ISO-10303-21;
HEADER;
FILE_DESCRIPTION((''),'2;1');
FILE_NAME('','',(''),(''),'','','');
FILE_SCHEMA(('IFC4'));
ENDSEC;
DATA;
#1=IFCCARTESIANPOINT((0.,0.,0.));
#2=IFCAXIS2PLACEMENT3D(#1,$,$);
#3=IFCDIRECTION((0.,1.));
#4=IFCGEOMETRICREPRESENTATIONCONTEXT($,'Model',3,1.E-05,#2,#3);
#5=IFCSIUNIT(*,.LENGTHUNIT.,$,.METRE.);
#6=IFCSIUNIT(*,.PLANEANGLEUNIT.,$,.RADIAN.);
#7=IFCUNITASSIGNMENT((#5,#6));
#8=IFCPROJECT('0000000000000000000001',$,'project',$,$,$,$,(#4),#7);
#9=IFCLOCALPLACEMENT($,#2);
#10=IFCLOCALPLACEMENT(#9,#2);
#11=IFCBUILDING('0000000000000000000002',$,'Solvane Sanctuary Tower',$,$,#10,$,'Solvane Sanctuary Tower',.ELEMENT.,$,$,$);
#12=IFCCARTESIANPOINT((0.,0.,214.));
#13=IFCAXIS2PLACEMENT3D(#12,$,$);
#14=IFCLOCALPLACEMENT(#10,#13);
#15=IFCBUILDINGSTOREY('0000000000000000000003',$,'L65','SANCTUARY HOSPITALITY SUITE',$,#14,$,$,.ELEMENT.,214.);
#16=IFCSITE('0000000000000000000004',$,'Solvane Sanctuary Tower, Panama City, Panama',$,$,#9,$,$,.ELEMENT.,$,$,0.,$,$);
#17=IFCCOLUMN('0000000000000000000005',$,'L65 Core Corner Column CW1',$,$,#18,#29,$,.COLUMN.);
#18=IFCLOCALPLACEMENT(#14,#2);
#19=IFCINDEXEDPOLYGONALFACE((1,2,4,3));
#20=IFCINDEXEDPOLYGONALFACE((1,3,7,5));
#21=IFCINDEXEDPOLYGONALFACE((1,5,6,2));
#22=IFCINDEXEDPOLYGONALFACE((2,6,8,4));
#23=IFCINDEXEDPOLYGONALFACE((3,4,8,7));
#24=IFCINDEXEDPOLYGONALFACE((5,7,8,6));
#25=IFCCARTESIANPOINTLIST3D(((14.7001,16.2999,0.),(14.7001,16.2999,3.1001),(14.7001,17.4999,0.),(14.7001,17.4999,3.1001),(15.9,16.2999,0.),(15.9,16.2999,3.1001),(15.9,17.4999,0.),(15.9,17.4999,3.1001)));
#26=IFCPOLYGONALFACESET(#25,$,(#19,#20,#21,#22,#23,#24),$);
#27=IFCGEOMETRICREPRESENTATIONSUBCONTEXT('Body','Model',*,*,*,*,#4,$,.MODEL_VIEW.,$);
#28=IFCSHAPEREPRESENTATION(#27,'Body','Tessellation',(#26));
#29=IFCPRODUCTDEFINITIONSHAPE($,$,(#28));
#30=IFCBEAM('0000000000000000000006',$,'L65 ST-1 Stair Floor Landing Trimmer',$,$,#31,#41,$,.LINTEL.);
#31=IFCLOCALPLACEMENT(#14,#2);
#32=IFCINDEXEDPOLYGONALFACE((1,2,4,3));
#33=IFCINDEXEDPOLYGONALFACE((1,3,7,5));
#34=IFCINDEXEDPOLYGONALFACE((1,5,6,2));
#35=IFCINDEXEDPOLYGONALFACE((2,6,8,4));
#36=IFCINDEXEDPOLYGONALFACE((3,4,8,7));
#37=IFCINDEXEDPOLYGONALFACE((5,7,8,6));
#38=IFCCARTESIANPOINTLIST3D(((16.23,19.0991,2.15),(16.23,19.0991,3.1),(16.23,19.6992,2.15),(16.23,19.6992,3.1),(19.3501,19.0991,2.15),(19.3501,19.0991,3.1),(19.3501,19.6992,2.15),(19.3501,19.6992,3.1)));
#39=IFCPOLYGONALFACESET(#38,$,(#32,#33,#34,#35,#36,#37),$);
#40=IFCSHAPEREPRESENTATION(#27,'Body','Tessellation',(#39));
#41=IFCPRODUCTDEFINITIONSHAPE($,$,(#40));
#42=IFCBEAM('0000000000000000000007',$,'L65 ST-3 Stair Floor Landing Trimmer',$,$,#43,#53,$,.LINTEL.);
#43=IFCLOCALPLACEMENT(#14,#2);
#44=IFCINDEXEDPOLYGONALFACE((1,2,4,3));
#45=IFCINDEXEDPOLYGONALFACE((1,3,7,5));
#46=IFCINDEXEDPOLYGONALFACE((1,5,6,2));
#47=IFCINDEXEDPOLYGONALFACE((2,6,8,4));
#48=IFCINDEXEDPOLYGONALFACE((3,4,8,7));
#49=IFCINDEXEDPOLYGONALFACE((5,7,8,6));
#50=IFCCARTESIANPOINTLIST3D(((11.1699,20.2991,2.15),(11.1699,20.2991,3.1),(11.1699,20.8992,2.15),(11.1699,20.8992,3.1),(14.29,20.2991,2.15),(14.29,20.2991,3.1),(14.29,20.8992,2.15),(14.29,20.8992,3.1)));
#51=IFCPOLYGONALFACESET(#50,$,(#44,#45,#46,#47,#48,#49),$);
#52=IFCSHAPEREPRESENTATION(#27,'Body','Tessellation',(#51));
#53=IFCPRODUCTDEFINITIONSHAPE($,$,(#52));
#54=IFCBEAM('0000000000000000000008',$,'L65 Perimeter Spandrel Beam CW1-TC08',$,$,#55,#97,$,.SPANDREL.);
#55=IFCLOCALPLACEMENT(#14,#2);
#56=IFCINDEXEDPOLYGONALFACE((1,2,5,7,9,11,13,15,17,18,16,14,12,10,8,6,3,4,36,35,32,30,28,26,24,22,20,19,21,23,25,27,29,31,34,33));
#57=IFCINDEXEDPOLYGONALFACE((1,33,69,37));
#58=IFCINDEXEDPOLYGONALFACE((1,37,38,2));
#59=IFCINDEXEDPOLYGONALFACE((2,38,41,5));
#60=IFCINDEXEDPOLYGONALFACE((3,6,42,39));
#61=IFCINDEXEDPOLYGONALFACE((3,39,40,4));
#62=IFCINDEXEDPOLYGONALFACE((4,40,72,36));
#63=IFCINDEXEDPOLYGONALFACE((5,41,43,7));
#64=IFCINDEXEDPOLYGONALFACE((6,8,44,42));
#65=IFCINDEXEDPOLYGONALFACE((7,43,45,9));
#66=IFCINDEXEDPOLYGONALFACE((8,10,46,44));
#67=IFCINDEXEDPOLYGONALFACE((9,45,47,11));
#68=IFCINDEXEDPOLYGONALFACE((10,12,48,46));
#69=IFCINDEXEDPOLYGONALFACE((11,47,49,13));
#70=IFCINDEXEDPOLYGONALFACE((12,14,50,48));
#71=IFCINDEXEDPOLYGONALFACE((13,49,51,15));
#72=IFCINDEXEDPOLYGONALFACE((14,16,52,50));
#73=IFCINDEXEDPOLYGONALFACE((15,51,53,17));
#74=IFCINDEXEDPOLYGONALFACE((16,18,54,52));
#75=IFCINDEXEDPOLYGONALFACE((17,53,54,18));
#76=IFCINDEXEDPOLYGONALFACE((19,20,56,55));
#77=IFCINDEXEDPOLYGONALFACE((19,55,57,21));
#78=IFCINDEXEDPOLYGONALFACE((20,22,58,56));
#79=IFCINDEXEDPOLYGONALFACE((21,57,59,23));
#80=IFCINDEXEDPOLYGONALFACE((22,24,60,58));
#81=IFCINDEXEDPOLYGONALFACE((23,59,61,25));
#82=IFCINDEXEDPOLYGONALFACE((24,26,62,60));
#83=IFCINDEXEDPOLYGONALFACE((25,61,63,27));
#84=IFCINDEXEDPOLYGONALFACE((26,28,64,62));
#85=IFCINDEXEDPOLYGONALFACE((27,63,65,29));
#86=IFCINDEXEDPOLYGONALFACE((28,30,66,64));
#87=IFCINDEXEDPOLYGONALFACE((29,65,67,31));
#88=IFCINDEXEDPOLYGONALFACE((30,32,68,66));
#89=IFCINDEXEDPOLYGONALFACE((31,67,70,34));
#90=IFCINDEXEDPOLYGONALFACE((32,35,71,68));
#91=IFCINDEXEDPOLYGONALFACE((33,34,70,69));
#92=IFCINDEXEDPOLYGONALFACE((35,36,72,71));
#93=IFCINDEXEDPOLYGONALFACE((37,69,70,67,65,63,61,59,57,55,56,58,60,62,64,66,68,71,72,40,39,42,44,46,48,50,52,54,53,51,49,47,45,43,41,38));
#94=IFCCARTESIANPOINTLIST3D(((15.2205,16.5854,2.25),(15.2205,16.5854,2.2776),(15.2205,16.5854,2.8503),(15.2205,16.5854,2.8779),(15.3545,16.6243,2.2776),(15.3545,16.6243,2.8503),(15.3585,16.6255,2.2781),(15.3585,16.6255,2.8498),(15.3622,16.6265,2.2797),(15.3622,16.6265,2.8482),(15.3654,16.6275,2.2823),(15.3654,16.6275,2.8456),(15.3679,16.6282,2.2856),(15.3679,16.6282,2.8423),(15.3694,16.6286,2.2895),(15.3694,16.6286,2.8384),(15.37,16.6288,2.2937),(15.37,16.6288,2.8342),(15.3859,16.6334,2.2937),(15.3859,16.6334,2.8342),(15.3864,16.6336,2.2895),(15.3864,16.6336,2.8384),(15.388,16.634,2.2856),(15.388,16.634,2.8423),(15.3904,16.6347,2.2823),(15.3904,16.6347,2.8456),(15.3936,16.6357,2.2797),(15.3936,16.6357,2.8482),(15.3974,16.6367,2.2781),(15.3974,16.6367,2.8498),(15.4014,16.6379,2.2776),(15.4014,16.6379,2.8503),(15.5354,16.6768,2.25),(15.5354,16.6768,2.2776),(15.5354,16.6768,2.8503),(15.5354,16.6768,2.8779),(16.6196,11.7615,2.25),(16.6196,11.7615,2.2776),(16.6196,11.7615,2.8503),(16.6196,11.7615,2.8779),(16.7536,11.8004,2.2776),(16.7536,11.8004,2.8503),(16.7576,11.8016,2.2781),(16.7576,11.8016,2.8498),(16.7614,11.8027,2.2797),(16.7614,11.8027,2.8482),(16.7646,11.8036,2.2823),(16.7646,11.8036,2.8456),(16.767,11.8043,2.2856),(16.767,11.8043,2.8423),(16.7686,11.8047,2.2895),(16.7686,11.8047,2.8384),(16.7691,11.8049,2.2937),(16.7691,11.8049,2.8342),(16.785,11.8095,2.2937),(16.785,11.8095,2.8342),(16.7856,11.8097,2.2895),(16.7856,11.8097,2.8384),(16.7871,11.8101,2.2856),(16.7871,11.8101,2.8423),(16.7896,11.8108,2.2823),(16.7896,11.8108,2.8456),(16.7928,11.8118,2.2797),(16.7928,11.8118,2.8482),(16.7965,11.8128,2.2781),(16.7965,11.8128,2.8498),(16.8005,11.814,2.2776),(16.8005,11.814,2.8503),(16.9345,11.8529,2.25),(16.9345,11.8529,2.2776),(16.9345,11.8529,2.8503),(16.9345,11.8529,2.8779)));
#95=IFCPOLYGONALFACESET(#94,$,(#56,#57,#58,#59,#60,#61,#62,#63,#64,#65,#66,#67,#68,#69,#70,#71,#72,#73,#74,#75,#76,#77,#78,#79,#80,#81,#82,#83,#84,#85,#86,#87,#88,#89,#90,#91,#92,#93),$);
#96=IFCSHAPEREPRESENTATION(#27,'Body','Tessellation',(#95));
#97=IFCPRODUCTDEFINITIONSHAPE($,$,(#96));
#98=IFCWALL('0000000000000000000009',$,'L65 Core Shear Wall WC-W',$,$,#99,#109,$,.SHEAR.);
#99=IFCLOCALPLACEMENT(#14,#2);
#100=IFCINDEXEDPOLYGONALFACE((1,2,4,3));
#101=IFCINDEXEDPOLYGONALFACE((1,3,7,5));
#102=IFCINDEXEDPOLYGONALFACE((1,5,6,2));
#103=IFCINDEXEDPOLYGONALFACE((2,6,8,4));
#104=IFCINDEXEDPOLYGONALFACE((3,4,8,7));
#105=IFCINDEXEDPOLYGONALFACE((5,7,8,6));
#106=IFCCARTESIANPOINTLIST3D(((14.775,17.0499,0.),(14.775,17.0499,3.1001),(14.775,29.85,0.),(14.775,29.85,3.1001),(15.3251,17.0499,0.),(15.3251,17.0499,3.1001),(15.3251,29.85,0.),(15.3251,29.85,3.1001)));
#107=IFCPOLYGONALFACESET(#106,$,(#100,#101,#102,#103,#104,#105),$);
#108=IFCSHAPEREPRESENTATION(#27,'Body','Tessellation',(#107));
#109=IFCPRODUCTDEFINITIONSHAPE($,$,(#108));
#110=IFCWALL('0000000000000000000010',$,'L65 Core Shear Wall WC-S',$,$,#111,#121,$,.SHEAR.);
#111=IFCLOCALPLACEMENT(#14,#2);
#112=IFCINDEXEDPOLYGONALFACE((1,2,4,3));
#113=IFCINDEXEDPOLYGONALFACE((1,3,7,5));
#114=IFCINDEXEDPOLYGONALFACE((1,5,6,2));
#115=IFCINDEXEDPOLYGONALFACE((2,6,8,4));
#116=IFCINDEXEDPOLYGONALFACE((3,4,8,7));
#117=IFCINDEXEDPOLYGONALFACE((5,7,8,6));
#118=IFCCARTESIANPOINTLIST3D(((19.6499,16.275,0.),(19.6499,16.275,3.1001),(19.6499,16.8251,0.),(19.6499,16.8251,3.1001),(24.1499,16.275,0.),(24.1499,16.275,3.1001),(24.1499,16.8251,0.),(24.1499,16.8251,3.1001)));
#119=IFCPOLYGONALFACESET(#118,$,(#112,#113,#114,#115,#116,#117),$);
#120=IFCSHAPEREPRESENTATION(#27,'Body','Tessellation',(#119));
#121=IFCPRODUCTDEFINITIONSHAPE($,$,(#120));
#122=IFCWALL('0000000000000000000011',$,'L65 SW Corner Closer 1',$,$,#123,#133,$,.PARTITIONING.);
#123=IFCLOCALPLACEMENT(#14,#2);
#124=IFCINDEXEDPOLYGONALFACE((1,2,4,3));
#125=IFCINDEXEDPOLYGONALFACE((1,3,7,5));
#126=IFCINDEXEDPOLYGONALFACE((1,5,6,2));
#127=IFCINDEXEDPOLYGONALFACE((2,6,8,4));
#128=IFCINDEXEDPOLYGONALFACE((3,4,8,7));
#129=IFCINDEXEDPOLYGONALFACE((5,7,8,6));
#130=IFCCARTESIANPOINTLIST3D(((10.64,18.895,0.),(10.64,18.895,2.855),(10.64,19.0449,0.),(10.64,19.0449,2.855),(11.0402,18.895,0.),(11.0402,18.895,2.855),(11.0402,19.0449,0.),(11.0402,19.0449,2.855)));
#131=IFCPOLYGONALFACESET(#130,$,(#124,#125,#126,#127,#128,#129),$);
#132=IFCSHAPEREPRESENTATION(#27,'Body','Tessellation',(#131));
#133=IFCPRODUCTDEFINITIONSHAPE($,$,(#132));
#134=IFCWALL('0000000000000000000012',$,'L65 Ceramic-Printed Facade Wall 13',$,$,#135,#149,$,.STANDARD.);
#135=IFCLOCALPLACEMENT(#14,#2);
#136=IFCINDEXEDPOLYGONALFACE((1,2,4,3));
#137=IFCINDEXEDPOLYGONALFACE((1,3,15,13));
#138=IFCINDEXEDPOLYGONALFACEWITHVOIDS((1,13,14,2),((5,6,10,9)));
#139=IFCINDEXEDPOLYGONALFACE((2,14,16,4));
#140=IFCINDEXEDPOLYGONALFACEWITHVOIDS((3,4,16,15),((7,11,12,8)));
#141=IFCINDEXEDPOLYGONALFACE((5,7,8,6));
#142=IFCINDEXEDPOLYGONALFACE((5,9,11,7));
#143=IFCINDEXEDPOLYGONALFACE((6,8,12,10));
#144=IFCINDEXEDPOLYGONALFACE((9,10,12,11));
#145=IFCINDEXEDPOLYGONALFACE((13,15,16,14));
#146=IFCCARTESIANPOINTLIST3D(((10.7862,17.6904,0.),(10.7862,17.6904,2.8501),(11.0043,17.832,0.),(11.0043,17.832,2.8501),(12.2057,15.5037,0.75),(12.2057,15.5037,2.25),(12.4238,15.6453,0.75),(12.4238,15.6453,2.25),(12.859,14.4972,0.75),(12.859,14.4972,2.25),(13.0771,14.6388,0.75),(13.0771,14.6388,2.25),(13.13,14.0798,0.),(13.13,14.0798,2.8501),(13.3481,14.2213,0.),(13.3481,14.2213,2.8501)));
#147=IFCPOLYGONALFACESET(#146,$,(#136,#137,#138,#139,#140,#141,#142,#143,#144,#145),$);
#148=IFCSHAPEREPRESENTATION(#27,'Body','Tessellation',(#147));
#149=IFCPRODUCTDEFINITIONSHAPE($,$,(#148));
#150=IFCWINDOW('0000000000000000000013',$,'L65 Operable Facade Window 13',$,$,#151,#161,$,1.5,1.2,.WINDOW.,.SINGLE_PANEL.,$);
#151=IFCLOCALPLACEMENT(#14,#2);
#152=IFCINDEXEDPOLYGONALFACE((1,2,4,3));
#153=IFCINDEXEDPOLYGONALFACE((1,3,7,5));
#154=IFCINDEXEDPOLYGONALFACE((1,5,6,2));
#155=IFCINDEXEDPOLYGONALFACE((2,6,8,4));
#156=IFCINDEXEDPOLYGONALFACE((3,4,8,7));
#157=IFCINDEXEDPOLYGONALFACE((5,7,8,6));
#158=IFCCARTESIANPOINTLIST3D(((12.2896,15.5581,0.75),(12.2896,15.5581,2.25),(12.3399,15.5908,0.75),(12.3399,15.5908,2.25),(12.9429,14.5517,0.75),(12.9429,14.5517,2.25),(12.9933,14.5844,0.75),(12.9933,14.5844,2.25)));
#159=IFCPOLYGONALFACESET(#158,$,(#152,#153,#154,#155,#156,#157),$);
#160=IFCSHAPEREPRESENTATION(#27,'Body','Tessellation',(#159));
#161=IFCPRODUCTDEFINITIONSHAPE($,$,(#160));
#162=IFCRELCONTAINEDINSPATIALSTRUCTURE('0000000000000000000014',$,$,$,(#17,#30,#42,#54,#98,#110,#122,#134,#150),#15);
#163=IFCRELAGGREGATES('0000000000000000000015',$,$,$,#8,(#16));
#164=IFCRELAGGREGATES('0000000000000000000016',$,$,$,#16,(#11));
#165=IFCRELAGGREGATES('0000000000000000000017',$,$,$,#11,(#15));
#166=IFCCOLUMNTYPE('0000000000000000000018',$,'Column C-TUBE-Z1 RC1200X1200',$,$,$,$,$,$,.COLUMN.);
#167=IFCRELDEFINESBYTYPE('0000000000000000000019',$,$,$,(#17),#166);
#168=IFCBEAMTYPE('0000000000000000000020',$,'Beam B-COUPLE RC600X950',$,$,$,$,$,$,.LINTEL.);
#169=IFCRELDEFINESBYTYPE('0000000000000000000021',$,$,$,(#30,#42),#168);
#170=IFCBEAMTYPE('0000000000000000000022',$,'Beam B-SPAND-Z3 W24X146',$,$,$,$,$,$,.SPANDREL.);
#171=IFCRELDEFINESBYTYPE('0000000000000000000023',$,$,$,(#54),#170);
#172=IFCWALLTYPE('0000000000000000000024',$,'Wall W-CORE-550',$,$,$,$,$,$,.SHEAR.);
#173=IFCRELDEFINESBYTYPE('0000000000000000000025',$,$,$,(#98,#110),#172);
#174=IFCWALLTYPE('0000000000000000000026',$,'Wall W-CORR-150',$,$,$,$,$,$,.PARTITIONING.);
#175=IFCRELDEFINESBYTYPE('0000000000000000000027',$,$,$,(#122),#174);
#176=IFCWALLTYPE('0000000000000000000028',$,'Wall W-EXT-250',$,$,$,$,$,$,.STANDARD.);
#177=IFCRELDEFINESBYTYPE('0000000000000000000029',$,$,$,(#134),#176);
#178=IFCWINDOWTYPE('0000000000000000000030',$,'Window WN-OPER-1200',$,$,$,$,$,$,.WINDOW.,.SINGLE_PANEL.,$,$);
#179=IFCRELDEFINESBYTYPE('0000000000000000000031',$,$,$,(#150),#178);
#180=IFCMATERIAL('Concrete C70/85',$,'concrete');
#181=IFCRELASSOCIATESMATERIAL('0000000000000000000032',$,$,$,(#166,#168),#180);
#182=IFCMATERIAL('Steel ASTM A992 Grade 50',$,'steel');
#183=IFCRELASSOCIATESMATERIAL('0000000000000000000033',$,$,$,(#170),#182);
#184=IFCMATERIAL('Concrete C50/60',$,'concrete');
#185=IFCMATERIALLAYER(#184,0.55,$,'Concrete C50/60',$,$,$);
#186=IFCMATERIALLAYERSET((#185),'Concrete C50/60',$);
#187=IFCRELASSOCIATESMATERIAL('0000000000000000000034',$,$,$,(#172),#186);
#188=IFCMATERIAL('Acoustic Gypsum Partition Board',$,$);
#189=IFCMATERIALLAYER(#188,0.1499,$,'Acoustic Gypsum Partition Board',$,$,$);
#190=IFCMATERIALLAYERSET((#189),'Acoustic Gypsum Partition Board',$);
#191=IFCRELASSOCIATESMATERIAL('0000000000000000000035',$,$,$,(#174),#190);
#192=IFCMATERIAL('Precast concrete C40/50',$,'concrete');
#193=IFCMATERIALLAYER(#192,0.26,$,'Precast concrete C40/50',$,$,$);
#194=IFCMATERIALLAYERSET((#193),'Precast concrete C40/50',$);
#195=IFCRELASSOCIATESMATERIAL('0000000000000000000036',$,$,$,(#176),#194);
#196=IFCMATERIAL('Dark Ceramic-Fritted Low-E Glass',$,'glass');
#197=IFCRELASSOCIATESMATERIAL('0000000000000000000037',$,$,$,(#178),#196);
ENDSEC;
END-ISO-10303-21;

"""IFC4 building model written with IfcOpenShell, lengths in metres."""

from ifc_helpers import new_model, si_unit, direction, frame, frame_2d, origin, origin_2d, place, context, subcontext, project, spatial, rectangle, i_section, extrude, material, layer, layer_set, material_profile, profile_set, type_object, element, fill, save


model = new_model("IFC4")

# Units and contexts
model_context = context("Model", 3, precision=1e-05, world=origin(), true_north=direction((0.0, 1.0)))
body_context = subcontext(model_context, "Body", "Model", "MODEL_VIEW")
ifc_project = project(units=[si_unit("LENGTHUNIT", "METRE"), si_unit("PLANEANGLEUNIT", "RADIAN")], contexts=[model_context])

# Site, building, storey
site_placement = place(None, origin())
site = spatial("IfcSite", under=ifc_project, at=site_placement, Name="Solvane Sanctuary Tower, Panama City, Panama", CompositionType="ELEMENT", RefElevation=0.0)
building_placement = place(site_placement, origin())
building = spatial("IfcBuilding", under=site, at=building_placement, Name="Solvane Sanctuary Tower", LongName="Solvane Sanctuary Tower", CompositionType="ELEMENT")
storey_placement = place(building_placement, frame((0.0, 0.0, 214.0)))
storey = spatial("IfcBuildingStorey", under=building, at=storey_placement, Name="L65", Description="SANCTUARY HOSPITALITY SUITE", CompositionType="ELEMENT", Elevation=214.0)

# Column
ifc_material_1 = material(Name="Concrete C70/85", Category="concrete")
ifc_material_profile_1 = material_profile(ifc_material_1, rectangle(XDim=1.2, YDim=1.2, at=origin_2d()), Name="RC1200X1200")
ifc_profile_set_1 = profile_set([ifc_material_profile_1], Name="Concrete C70/85")
column_type = type_object("IfcColumnType", Name="Column C-TUBE-Z1 RC1200X1200", PredefinedType="COLUMN", material=ifc_profile_set_1)
column_placement = place(storey_placement, frame((15.3, 16.8999, 0.0), z_axis=(0.0, 0.0, 1.0), x_axis=(1.0, 0.0, 0.0)))
element("IfcColumn", 1, at=column_placement, inside=storey, type_object=column_type, Name="L65 Core Corner Column CW1", PredefinedType="COLUMN", context=body_context, shape_type="SweptSolid", body=[
    extrude(rectangle(XDim=1.2, YDim=1.2, at=origin_2d()), origin(), (0.0, 0.0, 1.0), 3.1001),
])

# Beams
ifc_material_profile_2 = material_profile(ifc_material_1, rectangle(XDim=0.6001, YDim=0.95, at=origin_2d()), Name="RC600X950")
ifc_profile_set_2 = profile_set([ifc_material_profile_2], Name="Concrete C70/85")
beam_type_1 = type_object("IfcBeamType", Name="Beam B-COUPLE RC600X950", PredefinedType="LINTEL", material=ifc_profile_set_2)
for number, where, z_axis, x_axis, name in (
    (2, (16.23, 19.3992, 2.625), (1.0, 0.0, 0.0), (0.0, 1.0, 0.0), "L65 ST-1 Stair Floor Landing Trimmer"),
    (3, (11.1699, 20.5991, 2.625), (1.0, 0.0, 0.0), (0.0, 1.0, 0.0), "L65 ST-3 Stair Floor Landing Trimmer"),
):
    element("IfcBeam", number, at=place(storey_placement, frame(where, z_axis=z_axis, x_axis=x_axis)), inside=storey, type_object=beam_type_1, Name=name, PredefinedType="LINTEL", context=body_context, shape_type="SweptSolid", body=[
        extrude(rectangle(XDim=0.6001, YDim=0.95, at=origin_2d()), origin(), (0.0, 0.0, 1.0), 3.1201),
    ])
ifc_material_2 = material(Name="Steel ASTM A992 Grade 50", Category="steel")
ifc_material_profile_3 = material_profile(ifc_material_2, i_section(OverallWidth=0.3279, OverallDepth=0.6279, WebThickness=0.0166, FlangeThickness=0.0276, FilletRadius=0.0161, at=origin_2d()), Name="W24X146")
ifc_profile_set_3 = profile_set([ifc_material_profile_3], Name="Steel ASTM A992 Grade 50")
beam_type_2 = type_object("IfcBeamType", Name="Beam B-SPAND-Z3 W24X146", PredefinedType="SPANDREL", material=ifc_profile_set_3)
beam_placement = place(storey_placement, frame((15.3779, 16.6311, 2.564), z_axis=(0.278564, -0.960418, 0.0), x_axis=(0.960418, 0.278564, 0.0)))
element("IfcBeam", 4, at=beam_placement, inside=storey, type_object=beam_type_2, Name="L65 Perimeter Spandrel Beam CW1-TC08", PredefinedType="SPANDREL", context=body_context, shape_type="SweptSolid", body=[
    extrude(i_section(OverallWidth=0.3279, OverallDepth=0.6279, WebThickness=0.0166, FlangeThickness=0.0276, FilletRadius=0.0161, at=origin_2d()), origin(), (0.0, 0.0, 1.0), 5.0227),
])

# Walls
ifc_material_3 = material(Name="Concrete C50/60", Category="concrete")
ifc_layer_1 = layer(ifc_material_3, 0.55, Name="Concrete C50/60")
ifc_layer_set_1 = layer_set([ifc_layer_1], Name="Concrete C50/60")
wall_type_1 = type_object("IfcWallType", Name="Wall W-CORE-550", PredefinedType="SHEAR", material=ifc_layer_set_1)
wall_1_placement = place(storey_placement, frame((15.05, 17.05, 0.0), z_axis=(0.0, 0.0, 1.0), x_axis=(0.0, 1.0, 0.0)))
element("IfcWall", 5, at=wall_1_placement, inside=storey, type_object=wall_type_1, Name="L65 Core Shear Wall WC-W", PredefinedType="SHEAR", context=body_context, shape_type="SweptSolid", body=[
    extrude(rectangle(XDim=12.8, YDim=0.55, at=frame_2d((6.3999, 0.0))), origin(), (0.0, 0.0, 1.0), 3.1001),
])
wall_2_placement = place(storey_placement, frame((19.6499, 16.55, 0.0), z_axis=(0.0, 0.0, 1.0), x_axis=(1.0, 0.0, 0.0)))
element("IfcWall", 6, at=wall_2_placement, inside=storey, type_object=wall_type_1, Name="L65 Core Shear Wall WC-S", PredefinedType="SHEAR", context=body_context, shape_type="SweptSolid", body=[
    extrude(rectangle(XDim=4.5, YDim=0.55, at=frame_2d((2.25, 0.0))), origin(), (0.0, 0.0, 1.0), 3.1001),
])
ifc_material_4 = material(Name="Acoustic Gypsum Partition Board")
ifc_layer_2 = layer(ifc_material_4, 0.1499, Name="Acoustic Gypsum Partition Board")
ifc_layer_set_2 = layer_set([ifc_layer_2], Name="Acoustic Gypsum Partition Board")
wall_type_2 = type_object("IfcWallType", Name="Wall W-CORR-150", PredefinedType="PARTITIONING", material=ifc_layer_set_2)
wall_3_placement = place(storey_placement, frame((10.6399, 18.97, 0.0), z_axis=(0.0, 0.0, 1.0), x_axis=(1.0, 0.0, 0.0)))
element("IfcWall", 7, at=wall_3_placement, inside=storey, type_object=wall_type_2, Name="L65 SW Corner Closer 1", PredefinedType="PARTITIONING", context=body_context, shape_type="SweptSolid", body=[
    extrude(rectangle(XDim=0.4001, YDim=0.1499, at=frame_2d((0.2002, 0.0))), origin(), (0.0, 0.0, 1.0), 2.855),
])

# Wall, opening, window
ifc_material_5 = material(Name="Precast concrete C40/50", Category="concrete")
ifc_layer_3 = layer(ifc_material_5, 0.26, Name="Precast concrete C40/50")
ifc_layer_set_3 = layer_set([ifc_layer_3], Name="Precast concrete C40/50")
wall_type_3 = type_object("IfcWallType", Name="Wall W-EXT-250", PredefinedType="STANDARD", material=ifc_layer_set_3)
wall_4_placement = place(storey_placement, frame((10.8953, 17.7612, 0.0), z_axis=(0.0, 0.0, 1.0), x_axis=(0.544476, -0.838776, 0.0)))
wall_4 = element("IfcWall", 8, at=wall_4_placement, inside=storey, type_object=wall_type_3, Name="L65 Ceramic-Printed Facade Wall 13", PredefinedType="STANDARD", context=body_context, shape_type="SweptSolid", body=[
    extrude(rectangle(XDim=4.3047, YDim=0.26, at=frame_2d((2.1523, 0.0))), origin(), (0.0, 0.0, 1.0), 2.8501),
])
opening_1_placement = place(wall_4_placement, frame((2.6069, 0.0, 0.75)))
opening_1 = element("IfcOpeningElement", 9, at=opening_1_placement, cuts=wall_4, PredefinedType="OPENING", context=body_context, shape_type="SweptSolid", body=[
    extrude(rectangle(XDim=1.2, YDim=1.5, at=frame_2d((0.6001, 0.75))), frame((0.0, 0.1399, 0.0), z_axis=(0.0, -1.0, 0.0), x_axis=(1.0, 0.0, 0.0)), (0.0, 0.0, 1.0), 0.28),
])
ifc_material_6 = material(Name="Dark Ceramic-Fritted Low-E Glass", Category="glass")
window_type = type_object("IfcWindowType", Name="Window WN-OPER-1200", PartitioningType="SINGLE_PANEL", PredefinedType="WINDOW", material=ifc_material_6)
window_placement = place(opening_1_placement, origin())
window = element("IfcWindow", 10, at=window_placement, inside=storey, type_object=window_type, Name="L65 Operable Facade Window 13", OverallHeight=1.5, OverallWidth=1.2, PartitioningType="SINGLE_PANEL", PredefinedType="WINDOW", context=body_context, shape_type="SweptSolid", body=[
    extrude(rectangle(XDim=1.2, YDim=1.5, at=frame_2d((0.6001, 0.75))), frame((0.0, 0.03, 0.0), z_axis=(0.0, -1.0, 0.0), x_axis=(1.0, 0.0, 0.0)), (0.0, 0.0, 1.0), 0.0601),
])
fill(opening_1, window)

save(model, "model.ifc")
